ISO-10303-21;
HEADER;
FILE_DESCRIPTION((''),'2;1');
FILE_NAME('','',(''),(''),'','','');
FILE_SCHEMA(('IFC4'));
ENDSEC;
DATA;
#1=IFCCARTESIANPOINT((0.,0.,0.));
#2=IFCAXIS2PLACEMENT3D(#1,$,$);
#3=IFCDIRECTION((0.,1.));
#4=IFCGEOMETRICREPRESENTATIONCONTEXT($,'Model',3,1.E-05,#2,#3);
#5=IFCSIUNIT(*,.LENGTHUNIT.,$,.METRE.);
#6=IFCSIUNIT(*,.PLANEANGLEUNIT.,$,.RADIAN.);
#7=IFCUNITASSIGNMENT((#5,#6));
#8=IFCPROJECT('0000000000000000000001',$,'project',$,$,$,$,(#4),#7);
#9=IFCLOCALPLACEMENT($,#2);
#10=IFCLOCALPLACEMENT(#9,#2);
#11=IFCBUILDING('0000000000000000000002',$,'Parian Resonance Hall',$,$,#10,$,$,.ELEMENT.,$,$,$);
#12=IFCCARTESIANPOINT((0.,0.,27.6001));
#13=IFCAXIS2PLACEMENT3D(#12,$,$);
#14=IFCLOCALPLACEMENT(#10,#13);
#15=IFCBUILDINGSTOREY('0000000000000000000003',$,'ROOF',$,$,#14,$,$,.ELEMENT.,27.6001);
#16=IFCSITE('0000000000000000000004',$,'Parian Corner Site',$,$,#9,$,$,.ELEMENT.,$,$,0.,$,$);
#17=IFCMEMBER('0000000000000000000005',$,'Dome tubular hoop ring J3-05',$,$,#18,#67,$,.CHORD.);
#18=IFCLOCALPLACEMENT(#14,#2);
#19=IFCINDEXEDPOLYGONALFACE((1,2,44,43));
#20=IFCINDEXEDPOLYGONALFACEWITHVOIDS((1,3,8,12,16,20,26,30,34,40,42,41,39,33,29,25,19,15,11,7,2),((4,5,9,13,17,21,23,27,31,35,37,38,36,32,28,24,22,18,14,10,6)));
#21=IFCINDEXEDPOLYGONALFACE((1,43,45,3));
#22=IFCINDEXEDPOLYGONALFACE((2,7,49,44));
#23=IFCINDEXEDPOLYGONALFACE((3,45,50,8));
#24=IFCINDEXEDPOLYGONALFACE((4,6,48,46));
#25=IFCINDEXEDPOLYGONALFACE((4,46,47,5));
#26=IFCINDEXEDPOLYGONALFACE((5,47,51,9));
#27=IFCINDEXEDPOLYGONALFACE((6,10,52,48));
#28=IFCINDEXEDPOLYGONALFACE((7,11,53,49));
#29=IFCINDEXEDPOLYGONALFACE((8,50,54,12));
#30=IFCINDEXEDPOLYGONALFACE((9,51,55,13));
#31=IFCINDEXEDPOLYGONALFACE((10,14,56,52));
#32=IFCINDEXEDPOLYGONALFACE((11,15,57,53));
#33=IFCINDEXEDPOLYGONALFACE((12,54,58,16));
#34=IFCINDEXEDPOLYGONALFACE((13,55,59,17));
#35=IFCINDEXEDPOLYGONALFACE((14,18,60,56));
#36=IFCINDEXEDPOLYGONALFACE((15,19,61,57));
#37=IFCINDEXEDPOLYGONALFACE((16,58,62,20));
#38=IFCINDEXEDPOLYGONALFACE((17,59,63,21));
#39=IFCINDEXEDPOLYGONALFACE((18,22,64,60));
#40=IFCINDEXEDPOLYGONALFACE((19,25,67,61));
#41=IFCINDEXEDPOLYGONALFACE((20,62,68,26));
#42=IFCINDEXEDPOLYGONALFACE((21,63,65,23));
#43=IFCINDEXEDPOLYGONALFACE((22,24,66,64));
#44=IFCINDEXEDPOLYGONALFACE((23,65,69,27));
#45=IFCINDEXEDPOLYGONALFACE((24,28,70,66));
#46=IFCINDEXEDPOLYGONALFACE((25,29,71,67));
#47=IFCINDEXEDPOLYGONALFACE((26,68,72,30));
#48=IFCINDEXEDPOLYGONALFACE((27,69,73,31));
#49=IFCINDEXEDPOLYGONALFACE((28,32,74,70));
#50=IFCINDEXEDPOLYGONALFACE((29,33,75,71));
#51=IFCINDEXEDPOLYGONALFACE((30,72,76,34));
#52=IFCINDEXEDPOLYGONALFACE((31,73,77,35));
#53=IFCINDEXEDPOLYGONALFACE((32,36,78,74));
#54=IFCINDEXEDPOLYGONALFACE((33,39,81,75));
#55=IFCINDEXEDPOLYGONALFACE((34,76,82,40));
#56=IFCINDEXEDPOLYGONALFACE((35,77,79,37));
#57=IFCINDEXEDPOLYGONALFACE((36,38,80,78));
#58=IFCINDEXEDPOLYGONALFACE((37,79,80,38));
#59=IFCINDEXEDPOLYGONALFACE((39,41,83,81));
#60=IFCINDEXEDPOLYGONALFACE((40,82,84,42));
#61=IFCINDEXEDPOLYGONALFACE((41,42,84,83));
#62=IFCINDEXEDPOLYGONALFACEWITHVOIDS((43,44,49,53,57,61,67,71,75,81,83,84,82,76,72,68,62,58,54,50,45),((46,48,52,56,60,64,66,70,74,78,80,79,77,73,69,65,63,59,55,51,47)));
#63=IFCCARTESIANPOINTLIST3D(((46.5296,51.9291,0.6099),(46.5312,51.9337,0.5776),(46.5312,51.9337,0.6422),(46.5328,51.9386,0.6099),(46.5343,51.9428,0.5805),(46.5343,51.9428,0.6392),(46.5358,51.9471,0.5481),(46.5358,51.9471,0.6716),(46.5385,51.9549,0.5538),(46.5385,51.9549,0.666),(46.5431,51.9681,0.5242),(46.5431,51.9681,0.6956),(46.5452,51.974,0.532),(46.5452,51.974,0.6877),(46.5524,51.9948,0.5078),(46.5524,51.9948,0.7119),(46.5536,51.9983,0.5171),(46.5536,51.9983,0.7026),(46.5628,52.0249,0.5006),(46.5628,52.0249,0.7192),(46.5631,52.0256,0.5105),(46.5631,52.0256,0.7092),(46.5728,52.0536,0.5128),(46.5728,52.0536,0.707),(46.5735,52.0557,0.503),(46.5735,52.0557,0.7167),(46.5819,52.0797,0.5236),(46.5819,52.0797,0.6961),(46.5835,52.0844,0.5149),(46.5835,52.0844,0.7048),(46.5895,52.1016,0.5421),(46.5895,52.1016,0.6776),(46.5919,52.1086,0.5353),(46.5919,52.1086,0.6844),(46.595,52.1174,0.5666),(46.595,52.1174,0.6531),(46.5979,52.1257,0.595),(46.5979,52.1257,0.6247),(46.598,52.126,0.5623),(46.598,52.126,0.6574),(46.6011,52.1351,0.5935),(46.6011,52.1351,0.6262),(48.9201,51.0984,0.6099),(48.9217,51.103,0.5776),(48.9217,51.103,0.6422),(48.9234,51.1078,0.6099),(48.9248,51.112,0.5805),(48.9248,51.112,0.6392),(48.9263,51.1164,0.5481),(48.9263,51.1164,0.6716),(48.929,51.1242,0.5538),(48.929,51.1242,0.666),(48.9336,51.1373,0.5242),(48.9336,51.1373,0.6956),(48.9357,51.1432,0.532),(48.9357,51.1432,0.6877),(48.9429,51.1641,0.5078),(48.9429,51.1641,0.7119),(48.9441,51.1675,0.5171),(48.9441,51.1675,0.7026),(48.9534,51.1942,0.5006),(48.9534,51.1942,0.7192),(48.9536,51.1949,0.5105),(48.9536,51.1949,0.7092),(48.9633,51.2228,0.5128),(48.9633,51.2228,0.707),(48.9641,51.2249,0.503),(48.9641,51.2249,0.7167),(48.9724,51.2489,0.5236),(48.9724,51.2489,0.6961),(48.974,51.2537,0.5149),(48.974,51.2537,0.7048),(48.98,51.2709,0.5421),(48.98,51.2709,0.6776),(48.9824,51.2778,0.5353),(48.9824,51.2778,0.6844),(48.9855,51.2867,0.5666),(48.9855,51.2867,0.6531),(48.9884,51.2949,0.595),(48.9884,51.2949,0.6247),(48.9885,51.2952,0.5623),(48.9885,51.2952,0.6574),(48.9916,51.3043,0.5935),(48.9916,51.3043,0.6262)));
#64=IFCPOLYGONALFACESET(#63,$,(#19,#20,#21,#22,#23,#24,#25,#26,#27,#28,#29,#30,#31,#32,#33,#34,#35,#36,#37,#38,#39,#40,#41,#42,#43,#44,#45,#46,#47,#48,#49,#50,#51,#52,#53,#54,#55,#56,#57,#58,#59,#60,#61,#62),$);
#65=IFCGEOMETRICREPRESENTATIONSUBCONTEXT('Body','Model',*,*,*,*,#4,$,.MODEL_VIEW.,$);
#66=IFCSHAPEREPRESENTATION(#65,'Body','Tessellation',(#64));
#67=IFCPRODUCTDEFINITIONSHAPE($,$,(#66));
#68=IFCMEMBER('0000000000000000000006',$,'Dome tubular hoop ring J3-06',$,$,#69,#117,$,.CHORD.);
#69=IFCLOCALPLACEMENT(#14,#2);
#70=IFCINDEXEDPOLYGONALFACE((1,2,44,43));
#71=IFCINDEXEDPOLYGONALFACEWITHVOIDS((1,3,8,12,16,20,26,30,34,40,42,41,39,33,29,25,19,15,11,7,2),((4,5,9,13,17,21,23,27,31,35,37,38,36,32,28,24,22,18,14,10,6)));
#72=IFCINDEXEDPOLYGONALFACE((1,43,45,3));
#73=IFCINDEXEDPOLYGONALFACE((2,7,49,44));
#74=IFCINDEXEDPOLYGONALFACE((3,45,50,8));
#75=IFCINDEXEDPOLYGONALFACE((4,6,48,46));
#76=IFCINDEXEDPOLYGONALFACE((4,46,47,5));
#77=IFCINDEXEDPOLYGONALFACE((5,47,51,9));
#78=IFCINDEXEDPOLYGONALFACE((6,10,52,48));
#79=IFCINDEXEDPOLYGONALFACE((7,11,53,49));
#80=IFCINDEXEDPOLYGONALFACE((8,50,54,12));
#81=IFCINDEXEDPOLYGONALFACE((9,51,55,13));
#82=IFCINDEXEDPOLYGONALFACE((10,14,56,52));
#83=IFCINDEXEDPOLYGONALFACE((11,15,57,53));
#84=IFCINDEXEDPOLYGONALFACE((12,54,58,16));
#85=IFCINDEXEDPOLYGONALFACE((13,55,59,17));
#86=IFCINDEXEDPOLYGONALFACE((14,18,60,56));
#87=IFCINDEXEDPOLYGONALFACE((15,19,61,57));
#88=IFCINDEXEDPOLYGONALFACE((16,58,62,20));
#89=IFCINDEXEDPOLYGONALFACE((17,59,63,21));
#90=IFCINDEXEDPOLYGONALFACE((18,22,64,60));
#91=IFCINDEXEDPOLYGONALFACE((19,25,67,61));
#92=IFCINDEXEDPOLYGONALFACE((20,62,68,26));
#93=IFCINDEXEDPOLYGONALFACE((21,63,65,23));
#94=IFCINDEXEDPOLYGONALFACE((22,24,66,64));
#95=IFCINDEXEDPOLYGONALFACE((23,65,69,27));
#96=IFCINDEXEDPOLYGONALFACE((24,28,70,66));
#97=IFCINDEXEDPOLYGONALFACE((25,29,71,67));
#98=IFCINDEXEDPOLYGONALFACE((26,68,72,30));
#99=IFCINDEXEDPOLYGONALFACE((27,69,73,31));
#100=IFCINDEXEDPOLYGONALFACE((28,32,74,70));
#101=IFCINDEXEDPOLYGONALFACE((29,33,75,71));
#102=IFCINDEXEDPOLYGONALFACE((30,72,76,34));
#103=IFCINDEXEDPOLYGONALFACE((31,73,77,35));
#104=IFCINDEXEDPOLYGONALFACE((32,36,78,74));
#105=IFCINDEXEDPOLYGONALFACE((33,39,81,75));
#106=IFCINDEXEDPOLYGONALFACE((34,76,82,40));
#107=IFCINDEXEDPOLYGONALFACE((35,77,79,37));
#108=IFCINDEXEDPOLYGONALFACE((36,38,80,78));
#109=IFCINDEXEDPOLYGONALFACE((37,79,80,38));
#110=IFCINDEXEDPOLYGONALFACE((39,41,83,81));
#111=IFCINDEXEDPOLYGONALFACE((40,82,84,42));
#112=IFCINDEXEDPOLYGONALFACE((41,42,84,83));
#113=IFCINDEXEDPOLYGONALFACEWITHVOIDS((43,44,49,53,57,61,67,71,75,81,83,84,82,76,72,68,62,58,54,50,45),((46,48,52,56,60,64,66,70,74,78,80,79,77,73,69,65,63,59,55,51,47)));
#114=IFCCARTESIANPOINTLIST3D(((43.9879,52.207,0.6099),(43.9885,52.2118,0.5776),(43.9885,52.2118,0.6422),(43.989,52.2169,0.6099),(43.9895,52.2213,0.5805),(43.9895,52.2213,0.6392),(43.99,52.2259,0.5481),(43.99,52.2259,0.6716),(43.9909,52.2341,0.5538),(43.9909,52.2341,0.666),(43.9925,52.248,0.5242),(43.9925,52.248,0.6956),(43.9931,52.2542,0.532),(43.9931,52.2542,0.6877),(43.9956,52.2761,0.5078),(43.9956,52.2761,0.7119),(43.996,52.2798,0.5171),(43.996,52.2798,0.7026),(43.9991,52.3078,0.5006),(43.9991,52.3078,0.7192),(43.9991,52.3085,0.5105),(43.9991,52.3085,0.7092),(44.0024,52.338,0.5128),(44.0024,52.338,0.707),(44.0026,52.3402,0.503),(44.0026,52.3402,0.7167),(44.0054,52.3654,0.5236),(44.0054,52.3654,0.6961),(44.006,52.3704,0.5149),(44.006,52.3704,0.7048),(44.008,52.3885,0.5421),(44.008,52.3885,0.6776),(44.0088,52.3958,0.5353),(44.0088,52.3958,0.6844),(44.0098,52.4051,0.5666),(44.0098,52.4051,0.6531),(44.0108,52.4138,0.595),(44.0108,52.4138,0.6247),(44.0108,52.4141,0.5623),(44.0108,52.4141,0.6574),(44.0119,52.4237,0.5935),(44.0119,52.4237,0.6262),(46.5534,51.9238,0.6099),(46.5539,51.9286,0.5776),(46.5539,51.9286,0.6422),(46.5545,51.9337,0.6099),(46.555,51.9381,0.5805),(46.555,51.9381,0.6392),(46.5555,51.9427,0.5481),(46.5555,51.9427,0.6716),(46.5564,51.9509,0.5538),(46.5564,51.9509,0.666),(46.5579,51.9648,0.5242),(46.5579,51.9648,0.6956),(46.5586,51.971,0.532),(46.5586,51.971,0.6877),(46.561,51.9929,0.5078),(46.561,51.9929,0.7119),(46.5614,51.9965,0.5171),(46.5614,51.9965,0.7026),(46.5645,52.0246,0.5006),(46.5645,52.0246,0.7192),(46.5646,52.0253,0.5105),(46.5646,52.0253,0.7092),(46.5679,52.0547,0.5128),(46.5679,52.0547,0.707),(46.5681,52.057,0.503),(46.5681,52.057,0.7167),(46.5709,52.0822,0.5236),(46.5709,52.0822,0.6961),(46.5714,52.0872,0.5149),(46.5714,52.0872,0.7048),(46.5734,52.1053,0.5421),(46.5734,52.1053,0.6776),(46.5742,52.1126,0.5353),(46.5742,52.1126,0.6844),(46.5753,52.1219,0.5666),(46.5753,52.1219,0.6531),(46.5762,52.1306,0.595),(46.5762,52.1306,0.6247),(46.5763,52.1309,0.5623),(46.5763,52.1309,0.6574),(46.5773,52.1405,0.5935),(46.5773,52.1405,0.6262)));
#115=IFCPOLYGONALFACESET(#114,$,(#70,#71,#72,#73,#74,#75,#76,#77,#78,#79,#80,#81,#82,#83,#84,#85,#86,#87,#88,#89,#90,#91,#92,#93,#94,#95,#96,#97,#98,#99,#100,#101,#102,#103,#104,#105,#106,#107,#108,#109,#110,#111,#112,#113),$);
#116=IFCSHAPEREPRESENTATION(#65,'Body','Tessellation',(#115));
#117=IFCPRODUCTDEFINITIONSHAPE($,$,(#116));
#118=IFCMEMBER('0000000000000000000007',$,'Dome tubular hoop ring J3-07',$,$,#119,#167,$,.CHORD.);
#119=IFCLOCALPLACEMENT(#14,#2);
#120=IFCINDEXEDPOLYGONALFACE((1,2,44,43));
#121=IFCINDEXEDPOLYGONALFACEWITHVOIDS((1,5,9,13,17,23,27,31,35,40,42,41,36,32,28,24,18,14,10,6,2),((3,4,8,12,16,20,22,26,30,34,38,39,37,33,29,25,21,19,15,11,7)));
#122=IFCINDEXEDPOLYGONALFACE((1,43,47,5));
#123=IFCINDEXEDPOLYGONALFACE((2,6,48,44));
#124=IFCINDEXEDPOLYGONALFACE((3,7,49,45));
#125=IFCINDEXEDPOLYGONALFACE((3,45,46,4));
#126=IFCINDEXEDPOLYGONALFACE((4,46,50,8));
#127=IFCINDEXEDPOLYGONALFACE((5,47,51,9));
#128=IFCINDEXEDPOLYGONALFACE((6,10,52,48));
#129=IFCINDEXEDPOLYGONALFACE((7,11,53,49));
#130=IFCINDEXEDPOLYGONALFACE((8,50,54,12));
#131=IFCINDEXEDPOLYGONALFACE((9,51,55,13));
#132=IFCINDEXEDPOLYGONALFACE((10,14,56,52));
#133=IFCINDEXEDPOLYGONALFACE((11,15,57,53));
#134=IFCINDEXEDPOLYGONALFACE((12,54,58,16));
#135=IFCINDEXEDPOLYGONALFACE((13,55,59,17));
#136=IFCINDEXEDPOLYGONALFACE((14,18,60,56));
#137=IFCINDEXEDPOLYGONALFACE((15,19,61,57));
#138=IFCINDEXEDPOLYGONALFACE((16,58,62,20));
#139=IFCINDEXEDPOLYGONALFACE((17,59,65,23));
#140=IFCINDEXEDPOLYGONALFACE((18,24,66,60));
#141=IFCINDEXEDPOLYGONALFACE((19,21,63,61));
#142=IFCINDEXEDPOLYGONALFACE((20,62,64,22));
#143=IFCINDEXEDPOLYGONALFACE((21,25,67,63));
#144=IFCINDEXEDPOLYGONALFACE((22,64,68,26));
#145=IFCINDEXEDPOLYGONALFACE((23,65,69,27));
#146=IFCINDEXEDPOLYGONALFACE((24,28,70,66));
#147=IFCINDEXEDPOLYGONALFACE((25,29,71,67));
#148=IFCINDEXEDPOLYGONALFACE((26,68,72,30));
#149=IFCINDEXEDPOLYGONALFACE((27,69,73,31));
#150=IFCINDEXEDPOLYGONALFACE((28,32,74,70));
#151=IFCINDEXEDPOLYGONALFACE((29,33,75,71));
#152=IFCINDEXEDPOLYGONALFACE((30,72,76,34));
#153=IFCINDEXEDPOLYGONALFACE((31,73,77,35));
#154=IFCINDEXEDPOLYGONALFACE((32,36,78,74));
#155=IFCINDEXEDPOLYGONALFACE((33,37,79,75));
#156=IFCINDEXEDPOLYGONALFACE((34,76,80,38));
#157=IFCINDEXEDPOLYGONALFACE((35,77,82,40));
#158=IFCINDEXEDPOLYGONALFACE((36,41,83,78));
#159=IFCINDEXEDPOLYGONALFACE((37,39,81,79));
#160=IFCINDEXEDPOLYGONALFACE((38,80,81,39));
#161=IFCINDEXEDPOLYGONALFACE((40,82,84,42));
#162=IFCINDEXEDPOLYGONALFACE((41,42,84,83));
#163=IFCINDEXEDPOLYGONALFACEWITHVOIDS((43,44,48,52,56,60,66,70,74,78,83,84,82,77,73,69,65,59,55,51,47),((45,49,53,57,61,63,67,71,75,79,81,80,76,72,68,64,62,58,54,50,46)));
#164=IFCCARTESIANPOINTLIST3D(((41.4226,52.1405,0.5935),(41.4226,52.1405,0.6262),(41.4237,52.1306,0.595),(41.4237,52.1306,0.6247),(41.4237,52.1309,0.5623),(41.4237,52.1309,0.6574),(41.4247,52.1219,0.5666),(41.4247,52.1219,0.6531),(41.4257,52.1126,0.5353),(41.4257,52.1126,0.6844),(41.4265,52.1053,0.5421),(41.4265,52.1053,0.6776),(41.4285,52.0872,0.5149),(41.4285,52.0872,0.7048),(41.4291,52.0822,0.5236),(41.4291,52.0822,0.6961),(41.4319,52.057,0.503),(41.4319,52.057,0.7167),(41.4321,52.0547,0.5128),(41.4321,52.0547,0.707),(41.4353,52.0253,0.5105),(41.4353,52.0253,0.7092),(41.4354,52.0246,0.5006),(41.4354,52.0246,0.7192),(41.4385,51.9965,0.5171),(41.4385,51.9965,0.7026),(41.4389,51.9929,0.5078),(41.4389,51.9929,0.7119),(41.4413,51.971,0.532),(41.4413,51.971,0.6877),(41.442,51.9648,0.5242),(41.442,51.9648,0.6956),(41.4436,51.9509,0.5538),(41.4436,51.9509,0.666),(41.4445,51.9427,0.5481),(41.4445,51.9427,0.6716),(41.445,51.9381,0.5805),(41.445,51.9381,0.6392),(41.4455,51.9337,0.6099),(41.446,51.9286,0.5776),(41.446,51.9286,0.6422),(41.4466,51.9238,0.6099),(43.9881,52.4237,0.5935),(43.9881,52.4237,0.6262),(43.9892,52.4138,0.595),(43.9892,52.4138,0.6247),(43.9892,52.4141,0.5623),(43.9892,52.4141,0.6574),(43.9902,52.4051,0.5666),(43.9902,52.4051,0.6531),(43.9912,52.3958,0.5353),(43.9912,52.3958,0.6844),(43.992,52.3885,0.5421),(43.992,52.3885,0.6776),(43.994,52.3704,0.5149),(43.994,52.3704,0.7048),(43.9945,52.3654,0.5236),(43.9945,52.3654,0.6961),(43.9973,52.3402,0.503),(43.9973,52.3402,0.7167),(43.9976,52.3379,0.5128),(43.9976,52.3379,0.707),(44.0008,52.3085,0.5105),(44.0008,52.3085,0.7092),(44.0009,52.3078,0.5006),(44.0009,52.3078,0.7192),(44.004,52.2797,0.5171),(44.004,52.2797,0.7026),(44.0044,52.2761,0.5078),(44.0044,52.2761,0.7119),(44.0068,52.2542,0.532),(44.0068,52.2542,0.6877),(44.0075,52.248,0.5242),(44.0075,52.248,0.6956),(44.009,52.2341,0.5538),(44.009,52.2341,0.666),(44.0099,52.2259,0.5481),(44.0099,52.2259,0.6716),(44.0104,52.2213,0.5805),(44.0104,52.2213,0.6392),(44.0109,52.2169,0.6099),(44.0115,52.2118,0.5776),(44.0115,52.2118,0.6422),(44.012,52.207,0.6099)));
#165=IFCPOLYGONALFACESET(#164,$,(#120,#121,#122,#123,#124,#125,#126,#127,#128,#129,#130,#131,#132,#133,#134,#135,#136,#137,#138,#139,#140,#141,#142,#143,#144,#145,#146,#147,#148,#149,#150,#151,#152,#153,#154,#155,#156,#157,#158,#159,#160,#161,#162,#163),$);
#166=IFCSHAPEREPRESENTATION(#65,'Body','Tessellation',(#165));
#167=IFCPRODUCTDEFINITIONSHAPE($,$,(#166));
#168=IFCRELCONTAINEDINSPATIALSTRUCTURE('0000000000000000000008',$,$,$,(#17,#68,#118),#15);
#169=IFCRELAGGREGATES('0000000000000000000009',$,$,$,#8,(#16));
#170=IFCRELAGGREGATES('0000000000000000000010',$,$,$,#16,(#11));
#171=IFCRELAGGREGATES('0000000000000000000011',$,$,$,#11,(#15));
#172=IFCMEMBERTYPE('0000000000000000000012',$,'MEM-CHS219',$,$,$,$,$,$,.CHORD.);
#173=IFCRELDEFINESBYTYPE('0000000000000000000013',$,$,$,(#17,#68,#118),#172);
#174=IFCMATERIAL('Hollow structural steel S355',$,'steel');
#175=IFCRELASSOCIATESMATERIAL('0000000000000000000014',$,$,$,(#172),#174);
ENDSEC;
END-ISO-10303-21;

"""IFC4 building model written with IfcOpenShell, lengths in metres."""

from ifc_helpers import new_model, si_unit, direction, frame, origin, origin_2d, place, context, subcontext, project, spatial, hollow_circle, extrude, material, material_profile, profile_set, type_object, element, save


model = new_model("IFC4")

# Units and contexts
model_context = context("Model", 3, precision=1e-05, world=origin(), true_north=direction((0.0, 1.0)))
body_context = subcontext(model_context, "Body", "Model", "MODEL_VIEW")
ifc_project = project(units=[si_unit("LENGTHUNIT", "METRE"), si_unit("PLANEANGLEUNIT", "RADIAN")], contexts=[model_context])

# Site, building, storey
site_placement = place(None, origin())
site = spatial("IfcSite", under=ifc_project, at=site_placement, Name="Parian Corner Site", CompositionType="ELEMENT", RefElevation=0.0)
building_placement = place(site_placement, origin())
building = spatial("IfcBuilding", under=site, at=building_placement, Name="Parian Resonance Hall", CompositionType="ELEMENT")
storey_placement = place(building_placement, frame((0.0, 0.0, 27.6001)))
storey = spatial("IfcBuildingStorey", under=building, at=storey_placement, Name="ROOF", CompositionType="ELEMENT", Elevation=27.6001)

# Members
ifc_material_1 = material(Name="Hollow structural steel S355", Category="steel")
ifc_material_profile_1 = material_profile(ifc_material_1, hollow_circle(Radius=0.1096, WallThickness=0.01, at=origin_2d()), Name="CHS219.1x10")
ifc_profile_set_1 = profile_set([ifc_material_profile_1], Name="Hollow structural steel S355")
member_type_1 = type_object("IfcMemberType", Name="MEM-CHS219", PredefinedType="CHORD", material=ifc_profile_set_1)
member_1_placement = place(storey_placement, frame((48.9561, 51.2019, 0.6099), z_axis=(-0.944584, 0.32827, 0.0), x_axis=(-0.32827, -0.944584, 0.0)))
element("IfcMember", 1, at=member_1_placement, inside=storey, type_object=member_type_1, Name="Dome tubular hoop ring J3-05", PredefinedType="CHORD", context=body_context, shape_type="SweptSolid", body=[
    extrude(hollow_circle(Radius=0.1096, WallThickness=0.01, at=origin_2d()), origin(), (0.0, 0.0, 1.0), 2.5308),
])
for number, where, z_axis, x_axis, name in (
    (2, (46.5654, 52.0327, 0.6099), (-0.993962, 0.109726, 0.0), (-0.109726, -0.993962, 0.0), "Dome tubular hoop ring J3-06"),
    (3, (44.0, 52.3159, 0.6099), (-0.993962, -0.109726, 0.0), (0.109726, -0.993962, 0.0), "Dome tubular hoop ring J3-07"),
):
    element("IfcMember", number, at=place(storey_placement, frame(where, z_axis=z_axis, x_axis=x_axis)), inside=storey, type_object=member_type_1, Name=name, PredefinedType="CHORD", context=body_context, shape_type="SweptSolid", body=[
        extrude(hollow_circle(Radius=0.1096, WallThickness=0.01, at=origin_2d()), origin(), (0.0, 0.0, 1.0), 2.5811),
    ])

save(model, "model.ifc")
